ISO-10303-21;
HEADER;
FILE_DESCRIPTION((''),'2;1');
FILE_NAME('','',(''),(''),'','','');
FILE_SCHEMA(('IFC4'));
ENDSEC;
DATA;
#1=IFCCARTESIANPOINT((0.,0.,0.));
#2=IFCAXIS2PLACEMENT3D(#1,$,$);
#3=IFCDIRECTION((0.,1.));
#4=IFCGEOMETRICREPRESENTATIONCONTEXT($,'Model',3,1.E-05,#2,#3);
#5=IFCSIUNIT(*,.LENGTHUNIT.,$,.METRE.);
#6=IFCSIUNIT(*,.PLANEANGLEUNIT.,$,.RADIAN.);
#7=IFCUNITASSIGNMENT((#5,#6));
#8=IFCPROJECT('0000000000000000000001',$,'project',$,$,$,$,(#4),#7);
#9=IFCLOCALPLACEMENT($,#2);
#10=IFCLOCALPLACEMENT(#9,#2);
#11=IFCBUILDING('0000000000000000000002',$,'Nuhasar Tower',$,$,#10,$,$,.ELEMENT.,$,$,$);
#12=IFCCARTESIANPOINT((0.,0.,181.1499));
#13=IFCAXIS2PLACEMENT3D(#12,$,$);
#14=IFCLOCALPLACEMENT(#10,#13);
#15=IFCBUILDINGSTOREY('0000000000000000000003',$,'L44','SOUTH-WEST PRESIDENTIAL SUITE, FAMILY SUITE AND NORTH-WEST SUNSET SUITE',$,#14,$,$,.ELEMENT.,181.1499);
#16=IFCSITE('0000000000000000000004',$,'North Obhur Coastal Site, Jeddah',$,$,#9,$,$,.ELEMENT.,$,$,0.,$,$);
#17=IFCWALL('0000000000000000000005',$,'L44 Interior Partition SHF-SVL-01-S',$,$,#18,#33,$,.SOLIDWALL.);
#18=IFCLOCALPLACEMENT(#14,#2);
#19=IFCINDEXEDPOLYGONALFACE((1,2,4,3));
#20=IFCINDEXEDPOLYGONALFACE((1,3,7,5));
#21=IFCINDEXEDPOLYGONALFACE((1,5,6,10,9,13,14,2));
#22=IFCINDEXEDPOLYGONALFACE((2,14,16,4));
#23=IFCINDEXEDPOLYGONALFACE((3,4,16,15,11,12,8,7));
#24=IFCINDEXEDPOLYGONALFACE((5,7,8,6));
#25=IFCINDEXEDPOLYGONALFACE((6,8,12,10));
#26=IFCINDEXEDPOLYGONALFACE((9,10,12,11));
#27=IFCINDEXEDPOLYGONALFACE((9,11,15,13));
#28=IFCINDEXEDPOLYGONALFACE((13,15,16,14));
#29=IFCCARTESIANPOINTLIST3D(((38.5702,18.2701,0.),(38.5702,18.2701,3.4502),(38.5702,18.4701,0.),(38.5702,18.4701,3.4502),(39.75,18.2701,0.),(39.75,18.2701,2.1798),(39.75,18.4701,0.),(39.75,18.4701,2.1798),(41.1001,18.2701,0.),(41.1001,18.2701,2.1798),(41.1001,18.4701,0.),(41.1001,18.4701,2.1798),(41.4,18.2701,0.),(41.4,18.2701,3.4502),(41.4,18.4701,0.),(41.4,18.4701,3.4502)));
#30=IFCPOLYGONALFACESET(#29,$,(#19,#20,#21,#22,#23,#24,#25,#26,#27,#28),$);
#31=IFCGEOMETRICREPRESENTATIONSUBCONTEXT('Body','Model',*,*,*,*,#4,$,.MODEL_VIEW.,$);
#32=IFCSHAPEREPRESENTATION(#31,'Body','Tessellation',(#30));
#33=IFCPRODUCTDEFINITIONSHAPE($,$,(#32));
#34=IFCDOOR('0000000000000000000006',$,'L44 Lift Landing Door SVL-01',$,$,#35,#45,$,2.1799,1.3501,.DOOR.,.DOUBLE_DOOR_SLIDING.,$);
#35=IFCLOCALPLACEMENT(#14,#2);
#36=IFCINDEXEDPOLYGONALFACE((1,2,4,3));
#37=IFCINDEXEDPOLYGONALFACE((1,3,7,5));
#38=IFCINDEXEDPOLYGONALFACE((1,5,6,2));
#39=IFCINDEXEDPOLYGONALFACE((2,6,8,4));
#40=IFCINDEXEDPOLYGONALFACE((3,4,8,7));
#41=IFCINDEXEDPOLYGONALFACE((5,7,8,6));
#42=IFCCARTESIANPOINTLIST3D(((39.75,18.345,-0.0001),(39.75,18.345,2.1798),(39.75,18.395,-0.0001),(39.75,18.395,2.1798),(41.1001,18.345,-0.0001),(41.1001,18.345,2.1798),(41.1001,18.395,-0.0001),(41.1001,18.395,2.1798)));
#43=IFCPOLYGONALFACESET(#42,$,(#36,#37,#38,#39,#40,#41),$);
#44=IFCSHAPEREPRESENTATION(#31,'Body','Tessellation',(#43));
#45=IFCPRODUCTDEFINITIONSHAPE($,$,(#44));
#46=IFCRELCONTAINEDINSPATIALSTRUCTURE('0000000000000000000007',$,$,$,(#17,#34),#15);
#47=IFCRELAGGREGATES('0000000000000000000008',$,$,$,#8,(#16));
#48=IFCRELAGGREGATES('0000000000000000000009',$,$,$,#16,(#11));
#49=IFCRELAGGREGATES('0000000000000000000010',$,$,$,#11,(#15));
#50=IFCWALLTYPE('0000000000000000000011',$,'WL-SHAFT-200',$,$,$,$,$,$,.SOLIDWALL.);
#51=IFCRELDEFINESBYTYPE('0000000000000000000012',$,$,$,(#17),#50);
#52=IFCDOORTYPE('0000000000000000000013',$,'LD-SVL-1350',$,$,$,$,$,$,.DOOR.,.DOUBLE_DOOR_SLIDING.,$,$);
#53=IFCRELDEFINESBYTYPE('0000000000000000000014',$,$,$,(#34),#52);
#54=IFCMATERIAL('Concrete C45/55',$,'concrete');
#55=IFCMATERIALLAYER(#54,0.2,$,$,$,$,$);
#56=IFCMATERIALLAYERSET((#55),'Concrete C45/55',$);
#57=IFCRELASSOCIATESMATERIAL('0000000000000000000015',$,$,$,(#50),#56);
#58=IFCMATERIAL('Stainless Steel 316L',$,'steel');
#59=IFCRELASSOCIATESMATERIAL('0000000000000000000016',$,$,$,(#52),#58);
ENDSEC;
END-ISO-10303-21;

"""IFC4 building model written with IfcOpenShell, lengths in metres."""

from ifc_helpers import new_model, si_unit, direction, frame, frame_2d, origin, place, context, subcontext, project, spatial, rectangle, extrude, material, layer, layer_set, type_object, element, fill, save


model = new_model("IFC4")

# Units and contexts
model_context = context("Model", 3, precision=1e-05, world=origin(), true_north=direction((0.0, 1.0)))
body_context = subcontext(model_context, "Body", "Model", "MODEL_VIEW")
ifc_project = project(units=[si_unit("LENGTHUNIT", "METRE"), si_unit("PLANEANGLEUNIT", "RADIAN")], contexts=[model_context])

# Site, building, storey
site_placement = place(None, origin())
site = spatial("IfcSite", under=ifc_project, at=site_placement, Name="North Obhur Coastal Site, Jeddah", CompositionType="ELEMENT", RefElevation=0.0)
building_placement = place(site_placement, origin())
building = spatial("IfcBuilding", under=site, at=building_placement, Name="Nuhasar Tower", CompositionType="ELEMENT")
storey_placement = place(building_placement, frame((0.0, 0.0, 181.1499)))
storey = spatial("IfcBuildingStorey", under=building, at=storey_placement, Name="L44", Description="SOUTH-WEST PRESIDENTIAL SUITE, FAMILY SUITE AND NORTH-WEST SUNSET SUITE", CompositionType="ELEMENT", Elevation=181.1499)

# Shared definitions
ifc_material_1 = material(Name="Concrete C45/55", Category="concrete")
ifc_layer_1 = layer(ifc_material_1, 0.2)
ifc_layer_set_1 = layer_set([ifc_layer_1], Name="Concrete C45/55")
wall_type_1 = type_object("IfcWallType", Name="WL-SHAFT-200", PredefinedType="SOLIDWALL", material=ifc_layer_set_1)

# Shared definitions
ifc_material_2 = material(Name="Stainless Steel 316L", Category="steel")

# Wall, opening, door
wall_1_placement = place(storey_placement, frame((38.5701, 18.3701, 0.0), z_axis=(0.0, 0.0, 1.0), x_axis=(1.0, 0.0, 0.0)))
wall_1 = element("IfcWall", 1, at=wall_1_placement, inside=storey, type_object=wall_type_1, Name="L44 Interior Partition SHF-SVL-01-S", PredefinedType="SOLIDWALL", context=body_context, shape_type="SweptSolid", body=[
    extrude(rectangle(XDim=2.8298, YDim=0.2, at=frame_2d((1.415, 0.0))), origin(), (0.0, 0.0, 1.0), 3.4502),
])
opening_1_placement = place(wall_1_placement, frame((1.1799, 0.0, 0.0)))
opening_1 = element("IfcOpeningElement", 2, at=opening_1_placement, cuts=wall_1, PredefinedType="OPENING", context=body_context, shape_type="SweptSolid", body=[
    extrude(rectangle(XDim=1.3501, YDim=2.1799, at=frame_2d((0.675, 1.0898))), frame((0.0, 0.1099, 0.0), z_axis=(0.0, -1.0, 0.0), x_axis=(1.0, 0.0, 0.0)), (0.0, 0.0, 1.0), 0.22),
])
door_type_1 = type_object("IfcDoorType", Name="LD-SVL-1350", OperationType="DOUBLE_DOOR_SLIDING", PredefinedType="DOOR", material=ifc_material_2)
door_1_placement = place(opening_1_placement, origin())
door_1 = element("IfcDoor", 3, at=door_1_placement, inside=storey, type_object=door_type_1, Name="L44 Lift Landing Door SVL-01", OperationType="DOUBLE_DOOR_SLIDING", OverallHeight=2.1799, OverallWidth=1.3501, PredefinedType="DOOR", context=body_context, shape_type="SweptSolid", body=[
    extrude(rectangle(XDim=1.3501, YDim=2.1799, at=frame_2d((0.675, 1.0898))), frame((0.0, 0.0249, 0.0), z_axis=(0.0, -1.0, 0.0), x_axis=(1.0, 0.0, 0.0)), (0.0, 0.0, 1.0), 0.05),
])
fill(opening_1, door_1)

save(model, "model.ifc")
